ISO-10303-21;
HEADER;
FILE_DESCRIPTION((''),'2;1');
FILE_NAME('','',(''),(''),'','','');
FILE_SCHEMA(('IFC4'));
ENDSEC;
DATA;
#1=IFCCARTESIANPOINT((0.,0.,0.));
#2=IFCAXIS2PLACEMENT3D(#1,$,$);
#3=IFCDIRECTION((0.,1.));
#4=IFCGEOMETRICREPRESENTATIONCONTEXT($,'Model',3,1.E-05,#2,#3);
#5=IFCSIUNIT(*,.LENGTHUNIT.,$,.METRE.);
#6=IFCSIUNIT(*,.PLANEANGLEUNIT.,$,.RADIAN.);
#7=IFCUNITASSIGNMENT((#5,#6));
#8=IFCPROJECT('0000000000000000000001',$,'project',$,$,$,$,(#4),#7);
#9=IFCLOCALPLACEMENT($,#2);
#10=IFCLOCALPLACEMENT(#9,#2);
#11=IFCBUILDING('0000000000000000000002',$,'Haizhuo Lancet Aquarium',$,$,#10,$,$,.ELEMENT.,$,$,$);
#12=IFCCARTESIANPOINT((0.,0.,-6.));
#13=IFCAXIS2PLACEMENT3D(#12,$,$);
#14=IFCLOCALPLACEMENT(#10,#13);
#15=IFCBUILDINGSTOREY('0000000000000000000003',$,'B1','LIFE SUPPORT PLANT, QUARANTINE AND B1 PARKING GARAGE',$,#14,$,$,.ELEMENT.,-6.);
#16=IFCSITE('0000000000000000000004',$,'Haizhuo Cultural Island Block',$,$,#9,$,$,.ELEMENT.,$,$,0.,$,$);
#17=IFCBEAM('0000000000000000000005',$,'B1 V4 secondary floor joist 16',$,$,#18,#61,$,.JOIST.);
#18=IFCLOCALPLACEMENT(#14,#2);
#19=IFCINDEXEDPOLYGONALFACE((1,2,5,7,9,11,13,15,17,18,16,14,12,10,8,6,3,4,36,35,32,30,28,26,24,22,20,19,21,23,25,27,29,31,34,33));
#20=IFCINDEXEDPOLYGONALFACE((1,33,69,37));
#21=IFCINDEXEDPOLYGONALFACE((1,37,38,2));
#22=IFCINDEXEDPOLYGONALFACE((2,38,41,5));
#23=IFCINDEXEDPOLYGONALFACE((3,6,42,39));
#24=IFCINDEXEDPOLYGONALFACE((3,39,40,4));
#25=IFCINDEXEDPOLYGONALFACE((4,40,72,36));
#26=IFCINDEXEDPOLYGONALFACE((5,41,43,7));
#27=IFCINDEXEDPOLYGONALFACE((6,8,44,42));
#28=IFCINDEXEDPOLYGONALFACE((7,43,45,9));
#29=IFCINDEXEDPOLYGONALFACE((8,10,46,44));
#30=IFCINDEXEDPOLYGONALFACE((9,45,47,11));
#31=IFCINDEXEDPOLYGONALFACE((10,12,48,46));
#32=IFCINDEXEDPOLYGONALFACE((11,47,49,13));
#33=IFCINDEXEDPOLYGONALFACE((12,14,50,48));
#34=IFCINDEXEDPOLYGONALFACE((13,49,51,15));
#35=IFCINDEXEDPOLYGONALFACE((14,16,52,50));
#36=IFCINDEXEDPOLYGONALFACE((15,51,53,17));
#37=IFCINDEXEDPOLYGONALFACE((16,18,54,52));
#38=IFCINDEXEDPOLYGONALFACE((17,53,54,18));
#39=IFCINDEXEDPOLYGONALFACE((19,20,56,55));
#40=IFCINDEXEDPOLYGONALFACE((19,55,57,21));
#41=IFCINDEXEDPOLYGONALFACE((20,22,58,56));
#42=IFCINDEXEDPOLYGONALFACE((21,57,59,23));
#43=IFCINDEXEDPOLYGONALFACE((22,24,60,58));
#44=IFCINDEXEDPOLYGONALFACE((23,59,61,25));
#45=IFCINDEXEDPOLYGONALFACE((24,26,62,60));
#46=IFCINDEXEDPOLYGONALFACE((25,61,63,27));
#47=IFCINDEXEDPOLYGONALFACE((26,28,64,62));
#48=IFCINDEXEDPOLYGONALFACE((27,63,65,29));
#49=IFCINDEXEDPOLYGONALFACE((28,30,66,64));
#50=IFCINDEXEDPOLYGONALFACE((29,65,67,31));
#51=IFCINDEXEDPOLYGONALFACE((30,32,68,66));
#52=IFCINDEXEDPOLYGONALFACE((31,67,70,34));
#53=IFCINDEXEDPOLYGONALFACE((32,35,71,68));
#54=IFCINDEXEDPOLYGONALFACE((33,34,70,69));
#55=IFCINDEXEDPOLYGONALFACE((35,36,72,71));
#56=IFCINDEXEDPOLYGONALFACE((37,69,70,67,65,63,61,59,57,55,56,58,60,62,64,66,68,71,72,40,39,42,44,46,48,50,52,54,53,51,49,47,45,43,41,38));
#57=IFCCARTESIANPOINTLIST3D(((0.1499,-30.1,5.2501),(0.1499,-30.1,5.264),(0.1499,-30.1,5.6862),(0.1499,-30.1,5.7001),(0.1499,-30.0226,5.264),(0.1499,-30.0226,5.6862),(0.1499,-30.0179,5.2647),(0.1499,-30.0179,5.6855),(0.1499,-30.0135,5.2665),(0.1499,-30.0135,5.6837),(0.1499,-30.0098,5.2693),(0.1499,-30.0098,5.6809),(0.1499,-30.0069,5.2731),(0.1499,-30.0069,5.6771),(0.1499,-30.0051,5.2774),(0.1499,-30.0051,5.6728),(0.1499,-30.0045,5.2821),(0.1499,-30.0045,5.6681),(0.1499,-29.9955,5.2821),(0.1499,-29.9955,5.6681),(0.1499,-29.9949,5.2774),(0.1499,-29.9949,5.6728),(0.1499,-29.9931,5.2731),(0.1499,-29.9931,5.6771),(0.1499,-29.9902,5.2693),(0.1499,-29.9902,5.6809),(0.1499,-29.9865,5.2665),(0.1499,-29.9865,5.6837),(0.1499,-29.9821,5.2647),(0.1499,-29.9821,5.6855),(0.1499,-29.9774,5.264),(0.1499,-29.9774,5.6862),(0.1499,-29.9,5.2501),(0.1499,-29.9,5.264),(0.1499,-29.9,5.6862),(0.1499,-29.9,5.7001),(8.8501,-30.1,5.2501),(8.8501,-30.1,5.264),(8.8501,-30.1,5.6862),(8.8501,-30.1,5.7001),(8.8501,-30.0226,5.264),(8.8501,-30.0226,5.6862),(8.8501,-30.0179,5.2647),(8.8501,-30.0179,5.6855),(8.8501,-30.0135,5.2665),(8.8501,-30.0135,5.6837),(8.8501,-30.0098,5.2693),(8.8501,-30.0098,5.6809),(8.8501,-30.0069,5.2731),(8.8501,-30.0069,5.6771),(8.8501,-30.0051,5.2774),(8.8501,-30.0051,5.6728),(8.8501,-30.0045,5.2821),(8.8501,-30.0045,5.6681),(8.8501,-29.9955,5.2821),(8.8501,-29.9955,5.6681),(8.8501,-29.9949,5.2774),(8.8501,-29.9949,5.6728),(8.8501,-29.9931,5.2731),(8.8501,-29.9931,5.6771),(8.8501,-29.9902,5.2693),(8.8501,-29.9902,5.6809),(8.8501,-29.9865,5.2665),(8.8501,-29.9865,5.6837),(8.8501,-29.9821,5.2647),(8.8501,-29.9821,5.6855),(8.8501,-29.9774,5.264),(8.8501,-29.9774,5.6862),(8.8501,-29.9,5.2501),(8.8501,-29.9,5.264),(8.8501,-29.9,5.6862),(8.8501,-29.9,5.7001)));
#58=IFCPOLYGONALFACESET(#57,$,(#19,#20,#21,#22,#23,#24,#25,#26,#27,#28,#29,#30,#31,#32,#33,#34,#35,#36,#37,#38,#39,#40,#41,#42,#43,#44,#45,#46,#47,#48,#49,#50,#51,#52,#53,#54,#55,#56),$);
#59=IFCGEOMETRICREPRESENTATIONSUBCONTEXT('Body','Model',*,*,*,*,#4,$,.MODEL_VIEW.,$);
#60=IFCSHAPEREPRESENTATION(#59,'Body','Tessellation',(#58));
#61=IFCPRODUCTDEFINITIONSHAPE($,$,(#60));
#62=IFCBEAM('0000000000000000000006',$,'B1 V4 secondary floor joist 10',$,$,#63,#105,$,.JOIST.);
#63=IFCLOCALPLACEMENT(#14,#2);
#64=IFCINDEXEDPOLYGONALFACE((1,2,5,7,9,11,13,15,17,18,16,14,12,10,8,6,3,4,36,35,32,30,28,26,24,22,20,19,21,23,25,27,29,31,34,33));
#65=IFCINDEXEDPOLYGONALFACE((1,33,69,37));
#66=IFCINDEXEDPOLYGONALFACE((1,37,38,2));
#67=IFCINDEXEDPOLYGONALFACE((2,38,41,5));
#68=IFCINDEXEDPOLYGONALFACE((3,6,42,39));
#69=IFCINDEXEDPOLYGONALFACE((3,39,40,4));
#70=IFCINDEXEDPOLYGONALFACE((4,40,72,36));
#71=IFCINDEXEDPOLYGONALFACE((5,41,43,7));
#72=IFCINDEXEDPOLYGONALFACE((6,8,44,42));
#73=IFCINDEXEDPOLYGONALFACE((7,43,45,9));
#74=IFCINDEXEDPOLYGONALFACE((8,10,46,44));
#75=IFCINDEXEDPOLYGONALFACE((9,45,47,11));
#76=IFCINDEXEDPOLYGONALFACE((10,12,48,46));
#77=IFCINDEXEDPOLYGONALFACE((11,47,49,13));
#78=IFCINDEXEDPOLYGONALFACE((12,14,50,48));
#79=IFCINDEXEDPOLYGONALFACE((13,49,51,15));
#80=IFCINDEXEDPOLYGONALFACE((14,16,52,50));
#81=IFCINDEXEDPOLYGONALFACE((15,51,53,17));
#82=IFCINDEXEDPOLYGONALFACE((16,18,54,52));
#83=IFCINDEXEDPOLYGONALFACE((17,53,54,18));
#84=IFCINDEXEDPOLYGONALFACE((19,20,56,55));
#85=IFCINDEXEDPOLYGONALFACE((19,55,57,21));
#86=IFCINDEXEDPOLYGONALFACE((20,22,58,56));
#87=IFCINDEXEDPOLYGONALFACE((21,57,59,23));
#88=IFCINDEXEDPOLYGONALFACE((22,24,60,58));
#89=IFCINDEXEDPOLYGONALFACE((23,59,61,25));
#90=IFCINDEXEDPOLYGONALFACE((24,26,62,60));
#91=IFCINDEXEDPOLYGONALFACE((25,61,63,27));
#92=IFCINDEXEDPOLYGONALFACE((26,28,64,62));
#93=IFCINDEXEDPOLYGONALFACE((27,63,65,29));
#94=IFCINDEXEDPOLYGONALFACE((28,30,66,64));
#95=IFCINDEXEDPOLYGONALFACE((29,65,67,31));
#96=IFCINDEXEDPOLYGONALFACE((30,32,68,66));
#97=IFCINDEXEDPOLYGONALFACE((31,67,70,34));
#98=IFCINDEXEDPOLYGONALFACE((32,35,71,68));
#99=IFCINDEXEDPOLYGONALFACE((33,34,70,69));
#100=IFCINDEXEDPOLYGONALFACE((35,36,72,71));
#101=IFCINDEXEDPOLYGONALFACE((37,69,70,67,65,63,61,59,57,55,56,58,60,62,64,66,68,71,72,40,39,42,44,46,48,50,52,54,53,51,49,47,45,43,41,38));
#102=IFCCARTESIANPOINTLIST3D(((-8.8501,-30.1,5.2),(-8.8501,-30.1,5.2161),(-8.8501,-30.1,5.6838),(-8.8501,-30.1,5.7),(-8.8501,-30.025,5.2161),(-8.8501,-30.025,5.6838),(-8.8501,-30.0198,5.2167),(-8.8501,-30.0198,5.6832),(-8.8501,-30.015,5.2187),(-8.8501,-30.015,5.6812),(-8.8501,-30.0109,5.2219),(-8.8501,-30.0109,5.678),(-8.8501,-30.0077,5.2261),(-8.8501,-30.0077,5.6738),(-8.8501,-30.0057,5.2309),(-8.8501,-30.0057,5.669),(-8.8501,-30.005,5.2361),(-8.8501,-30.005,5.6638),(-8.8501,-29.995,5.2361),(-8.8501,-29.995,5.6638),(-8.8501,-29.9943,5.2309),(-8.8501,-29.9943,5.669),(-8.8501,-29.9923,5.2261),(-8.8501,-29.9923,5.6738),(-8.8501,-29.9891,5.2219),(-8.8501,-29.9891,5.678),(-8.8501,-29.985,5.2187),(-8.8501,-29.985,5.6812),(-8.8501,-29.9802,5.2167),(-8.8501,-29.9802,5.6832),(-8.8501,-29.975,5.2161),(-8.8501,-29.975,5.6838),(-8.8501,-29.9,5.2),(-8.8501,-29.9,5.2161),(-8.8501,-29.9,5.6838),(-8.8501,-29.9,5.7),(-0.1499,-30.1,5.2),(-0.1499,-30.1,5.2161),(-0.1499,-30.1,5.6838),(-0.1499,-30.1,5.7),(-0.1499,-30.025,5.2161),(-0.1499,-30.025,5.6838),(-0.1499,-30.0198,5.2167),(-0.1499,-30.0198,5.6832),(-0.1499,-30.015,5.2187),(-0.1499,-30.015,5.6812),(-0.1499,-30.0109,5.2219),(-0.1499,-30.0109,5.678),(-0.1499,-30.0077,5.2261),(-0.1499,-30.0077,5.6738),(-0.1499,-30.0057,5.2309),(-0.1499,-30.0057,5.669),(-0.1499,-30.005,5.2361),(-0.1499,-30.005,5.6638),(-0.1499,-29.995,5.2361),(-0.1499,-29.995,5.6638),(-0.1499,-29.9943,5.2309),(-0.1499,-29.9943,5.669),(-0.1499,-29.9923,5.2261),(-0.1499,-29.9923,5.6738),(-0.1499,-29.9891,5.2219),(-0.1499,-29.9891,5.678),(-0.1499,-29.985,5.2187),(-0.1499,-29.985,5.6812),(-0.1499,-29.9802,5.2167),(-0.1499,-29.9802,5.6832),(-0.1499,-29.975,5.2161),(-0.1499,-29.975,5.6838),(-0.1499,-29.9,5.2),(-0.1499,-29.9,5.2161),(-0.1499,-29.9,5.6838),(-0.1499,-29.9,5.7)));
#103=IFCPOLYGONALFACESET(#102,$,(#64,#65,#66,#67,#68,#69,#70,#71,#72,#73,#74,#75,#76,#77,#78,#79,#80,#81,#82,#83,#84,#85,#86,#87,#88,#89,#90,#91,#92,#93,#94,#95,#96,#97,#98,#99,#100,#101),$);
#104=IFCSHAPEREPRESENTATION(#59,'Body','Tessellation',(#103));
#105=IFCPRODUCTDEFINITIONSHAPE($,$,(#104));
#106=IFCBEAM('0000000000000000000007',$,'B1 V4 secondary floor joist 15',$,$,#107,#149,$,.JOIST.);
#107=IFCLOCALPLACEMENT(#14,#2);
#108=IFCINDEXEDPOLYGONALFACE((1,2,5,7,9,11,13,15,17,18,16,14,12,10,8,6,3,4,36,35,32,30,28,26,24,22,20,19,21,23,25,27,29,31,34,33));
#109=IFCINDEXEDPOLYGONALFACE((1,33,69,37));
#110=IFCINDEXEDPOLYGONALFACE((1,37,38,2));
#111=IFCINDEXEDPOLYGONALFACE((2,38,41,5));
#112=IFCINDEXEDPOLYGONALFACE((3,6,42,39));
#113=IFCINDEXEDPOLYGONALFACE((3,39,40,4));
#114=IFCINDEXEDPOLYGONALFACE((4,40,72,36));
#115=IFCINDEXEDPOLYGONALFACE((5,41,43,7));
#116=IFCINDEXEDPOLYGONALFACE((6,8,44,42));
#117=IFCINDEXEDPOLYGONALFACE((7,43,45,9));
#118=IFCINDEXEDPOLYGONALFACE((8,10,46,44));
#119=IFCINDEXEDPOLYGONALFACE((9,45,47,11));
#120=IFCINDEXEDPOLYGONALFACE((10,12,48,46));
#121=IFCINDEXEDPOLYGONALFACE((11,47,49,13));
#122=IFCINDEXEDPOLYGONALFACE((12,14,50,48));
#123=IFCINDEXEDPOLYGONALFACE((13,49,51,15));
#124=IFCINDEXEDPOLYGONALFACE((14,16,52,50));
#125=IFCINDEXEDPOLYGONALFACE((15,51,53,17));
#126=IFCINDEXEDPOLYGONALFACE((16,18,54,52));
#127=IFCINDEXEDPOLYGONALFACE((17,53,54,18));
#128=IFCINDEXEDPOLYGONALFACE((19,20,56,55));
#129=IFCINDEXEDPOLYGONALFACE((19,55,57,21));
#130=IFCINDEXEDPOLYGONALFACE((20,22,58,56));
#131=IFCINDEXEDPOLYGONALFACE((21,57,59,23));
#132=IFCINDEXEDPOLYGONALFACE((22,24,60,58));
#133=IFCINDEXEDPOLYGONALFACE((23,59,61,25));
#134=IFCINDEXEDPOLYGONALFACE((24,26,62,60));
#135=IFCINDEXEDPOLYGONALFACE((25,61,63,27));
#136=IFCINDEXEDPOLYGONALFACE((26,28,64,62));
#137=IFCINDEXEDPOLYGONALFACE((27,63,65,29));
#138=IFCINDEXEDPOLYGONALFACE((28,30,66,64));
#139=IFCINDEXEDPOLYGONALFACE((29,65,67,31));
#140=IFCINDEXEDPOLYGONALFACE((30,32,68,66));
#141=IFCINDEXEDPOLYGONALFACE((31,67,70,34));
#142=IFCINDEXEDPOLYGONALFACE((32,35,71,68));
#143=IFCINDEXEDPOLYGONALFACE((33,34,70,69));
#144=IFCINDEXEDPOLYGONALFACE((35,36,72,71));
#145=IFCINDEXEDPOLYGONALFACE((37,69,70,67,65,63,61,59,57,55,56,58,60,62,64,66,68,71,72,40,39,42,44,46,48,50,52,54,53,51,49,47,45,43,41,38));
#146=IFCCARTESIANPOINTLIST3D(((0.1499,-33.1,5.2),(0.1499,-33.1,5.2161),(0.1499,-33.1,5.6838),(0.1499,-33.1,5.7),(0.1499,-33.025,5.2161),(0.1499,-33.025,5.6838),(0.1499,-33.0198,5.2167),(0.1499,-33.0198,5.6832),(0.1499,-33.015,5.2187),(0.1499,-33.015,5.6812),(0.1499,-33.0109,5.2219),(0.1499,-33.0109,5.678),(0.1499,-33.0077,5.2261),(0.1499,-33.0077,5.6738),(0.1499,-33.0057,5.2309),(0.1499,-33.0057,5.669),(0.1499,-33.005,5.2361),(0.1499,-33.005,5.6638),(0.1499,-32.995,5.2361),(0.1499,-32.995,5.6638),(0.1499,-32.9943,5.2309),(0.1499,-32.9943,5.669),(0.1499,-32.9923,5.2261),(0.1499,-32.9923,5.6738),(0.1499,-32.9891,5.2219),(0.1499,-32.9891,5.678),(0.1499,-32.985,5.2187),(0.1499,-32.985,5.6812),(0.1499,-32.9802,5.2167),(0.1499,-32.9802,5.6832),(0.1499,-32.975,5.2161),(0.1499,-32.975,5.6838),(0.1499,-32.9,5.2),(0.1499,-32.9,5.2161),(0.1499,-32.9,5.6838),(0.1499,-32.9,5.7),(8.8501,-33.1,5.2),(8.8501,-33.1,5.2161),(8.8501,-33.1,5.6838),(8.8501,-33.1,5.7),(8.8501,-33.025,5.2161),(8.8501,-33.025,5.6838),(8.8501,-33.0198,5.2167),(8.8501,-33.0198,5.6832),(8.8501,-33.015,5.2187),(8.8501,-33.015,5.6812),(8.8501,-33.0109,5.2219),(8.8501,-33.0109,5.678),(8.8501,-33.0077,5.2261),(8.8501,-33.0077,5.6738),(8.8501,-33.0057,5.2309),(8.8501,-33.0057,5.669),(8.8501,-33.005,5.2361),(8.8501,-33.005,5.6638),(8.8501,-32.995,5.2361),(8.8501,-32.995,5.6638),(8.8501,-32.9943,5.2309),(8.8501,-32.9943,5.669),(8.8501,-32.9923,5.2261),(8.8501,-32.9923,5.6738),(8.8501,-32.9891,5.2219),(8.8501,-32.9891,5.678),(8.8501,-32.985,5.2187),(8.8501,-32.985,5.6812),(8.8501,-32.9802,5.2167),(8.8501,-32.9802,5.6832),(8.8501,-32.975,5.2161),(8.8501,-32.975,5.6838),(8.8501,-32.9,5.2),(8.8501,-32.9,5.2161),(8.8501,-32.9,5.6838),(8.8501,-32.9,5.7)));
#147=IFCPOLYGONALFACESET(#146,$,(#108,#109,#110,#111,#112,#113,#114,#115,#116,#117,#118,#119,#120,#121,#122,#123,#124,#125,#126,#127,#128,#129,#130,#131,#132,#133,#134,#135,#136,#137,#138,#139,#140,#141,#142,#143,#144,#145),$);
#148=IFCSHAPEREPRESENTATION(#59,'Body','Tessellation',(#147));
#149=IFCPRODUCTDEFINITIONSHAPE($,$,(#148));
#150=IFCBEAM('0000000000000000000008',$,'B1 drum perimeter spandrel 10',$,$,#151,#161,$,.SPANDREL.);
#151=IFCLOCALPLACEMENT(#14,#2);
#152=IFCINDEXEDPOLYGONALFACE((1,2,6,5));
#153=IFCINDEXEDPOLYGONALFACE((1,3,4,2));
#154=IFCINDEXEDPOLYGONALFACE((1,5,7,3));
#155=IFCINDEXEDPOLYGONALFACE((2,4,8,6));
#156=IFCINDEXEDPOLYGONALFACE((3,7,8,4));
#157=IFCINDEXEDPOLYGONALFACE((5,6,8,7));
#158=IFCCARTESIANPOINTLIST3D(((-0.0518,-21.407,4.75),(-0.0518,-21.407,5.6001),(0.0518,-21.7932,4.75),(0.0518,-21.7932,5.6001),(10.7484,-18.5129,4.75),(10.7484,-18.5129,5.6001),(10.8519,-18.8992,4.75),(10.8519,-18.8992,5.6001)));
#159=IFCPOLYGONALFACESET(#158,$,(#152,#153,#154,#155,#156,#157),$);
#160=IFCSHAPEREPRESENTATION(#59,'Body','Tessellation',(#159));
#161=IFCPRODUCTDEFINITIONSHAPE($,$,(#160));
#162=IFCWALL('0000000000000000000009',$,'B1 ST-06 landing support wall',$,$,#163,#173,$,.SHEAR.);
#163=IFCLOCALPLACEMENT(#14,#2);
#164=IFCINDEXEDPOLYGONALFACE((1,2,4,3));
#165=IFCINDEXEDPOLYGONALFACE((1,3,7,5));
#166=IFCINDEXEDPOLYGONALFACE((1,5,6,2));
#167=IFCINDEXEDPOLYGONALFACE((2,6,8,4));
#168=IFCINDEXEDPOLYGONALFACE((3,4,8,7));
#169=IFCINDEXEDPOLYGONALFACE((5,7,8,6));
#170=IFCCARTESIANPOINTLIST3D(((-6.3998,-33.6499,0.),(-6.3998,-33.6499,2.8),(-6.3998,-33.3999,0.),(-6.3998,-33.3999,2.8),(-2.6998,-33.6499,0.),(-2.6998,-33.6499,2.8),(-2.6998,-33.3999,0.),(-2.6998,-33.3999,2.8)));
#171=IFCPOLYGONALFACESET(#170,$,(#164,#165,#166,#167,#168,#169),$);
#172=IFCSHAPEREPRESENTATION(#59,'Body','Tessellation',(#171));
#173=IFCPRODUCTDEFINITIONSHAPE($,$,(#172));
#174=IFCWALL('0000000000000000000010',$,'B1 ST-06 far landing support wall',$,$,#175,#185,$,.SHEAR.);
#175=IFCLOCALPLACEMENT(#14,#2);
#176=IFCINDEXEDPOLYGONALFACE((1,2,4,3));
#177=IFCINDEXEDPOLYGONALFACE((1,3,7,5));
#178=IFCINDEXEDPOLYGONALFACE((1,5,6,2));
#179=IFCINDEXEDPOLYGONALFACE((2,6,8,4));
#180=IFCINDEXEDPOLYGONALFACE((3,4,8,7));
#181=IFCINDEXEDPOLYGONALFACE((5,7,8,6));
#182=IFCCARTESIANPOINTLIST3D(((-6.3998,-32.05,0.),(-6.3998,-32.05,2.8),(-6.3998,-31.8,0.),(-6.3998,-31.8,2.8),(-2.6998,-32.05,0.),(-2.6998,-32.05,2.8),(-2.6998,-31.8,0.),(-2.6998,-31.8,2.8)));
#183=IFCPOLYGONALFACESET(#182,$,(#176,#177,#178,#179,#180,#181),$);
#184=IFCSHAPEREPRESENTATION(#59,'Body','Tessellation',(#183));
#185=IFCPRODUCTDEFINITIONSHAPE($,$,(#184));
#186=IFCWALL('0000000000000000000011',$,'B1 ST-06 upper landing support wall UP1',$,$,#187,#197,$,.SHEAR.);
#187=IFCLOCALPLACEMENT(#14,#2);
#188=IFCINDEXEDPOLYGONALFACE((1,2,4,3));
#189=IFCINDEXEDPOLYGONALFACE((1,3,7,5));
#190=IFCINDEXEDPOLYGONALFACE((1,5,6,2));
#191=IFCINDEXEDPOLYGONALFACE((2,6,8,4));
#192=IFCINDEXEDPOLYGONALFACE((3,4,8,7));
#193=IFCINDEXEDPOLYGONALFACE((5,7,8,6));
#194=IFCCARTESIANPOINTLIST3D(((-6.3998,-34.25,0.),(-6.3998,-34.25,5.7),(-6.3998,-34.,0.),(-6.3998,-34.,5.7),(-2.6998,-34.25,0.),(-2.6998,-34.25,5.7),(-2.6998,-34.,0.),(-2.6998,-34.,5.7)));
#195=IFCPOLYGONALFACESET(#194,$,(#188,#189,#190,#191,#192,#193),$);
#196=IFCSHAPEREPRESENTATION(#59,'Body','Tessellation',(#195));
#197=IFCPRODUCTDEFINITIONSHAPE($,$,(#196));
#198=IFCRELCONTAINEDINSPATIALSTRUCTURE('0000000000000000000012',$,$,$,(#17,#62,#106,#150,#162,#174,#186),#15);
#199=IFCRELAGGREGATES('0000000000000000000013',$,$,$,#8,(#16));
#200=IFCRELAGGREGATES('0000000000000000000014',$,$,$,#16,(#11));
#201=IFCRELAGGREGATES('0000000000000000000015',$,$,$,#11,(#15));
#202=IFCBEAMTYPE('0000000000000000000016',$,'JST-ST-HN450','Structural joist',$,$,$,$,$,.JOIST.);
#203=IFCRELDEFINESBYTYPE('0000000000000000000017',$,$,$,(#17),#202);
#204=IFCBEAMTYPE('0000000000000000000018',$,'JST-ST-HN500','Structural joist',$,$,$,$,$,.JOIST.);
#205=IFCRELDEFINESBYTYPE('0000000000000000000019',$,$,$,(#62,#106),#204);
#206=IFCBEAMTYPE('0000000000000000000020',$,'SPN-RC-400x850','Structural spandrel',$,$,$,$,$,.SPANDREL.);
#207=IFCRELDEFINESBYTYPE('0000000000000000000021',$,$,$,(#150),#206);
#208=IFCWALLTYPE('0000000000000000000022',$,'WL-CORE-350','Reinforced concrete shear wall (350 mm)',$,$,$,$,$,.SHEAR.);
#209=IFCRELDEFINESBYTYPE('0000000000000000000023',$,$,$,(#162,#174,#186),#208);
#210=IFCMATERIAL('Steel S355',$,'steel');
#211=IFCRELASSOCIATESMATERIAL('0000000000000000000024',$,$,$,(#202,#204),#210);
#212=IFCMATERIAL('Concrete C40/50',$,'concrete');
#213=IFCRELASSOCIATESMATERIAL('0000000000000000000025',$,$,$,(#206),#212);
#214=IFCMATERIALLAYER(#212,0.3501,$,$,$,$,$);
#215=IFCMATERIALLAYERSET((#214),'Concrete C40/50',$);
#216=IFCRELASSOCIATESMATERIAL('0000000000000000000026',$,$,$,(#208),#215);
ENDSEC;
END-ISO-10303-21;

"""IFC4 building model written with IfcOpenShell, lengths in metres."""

from ifc_helpers import new_model, si_unit, direction, frame, frame_2d, origin, origin_2d, place, context, subcontext, project, spatial, rectangle, i_section, extrude, material, layer, layer_set, material_profile, profile_set, type_object, element, save


model = new_model("IFC4")

# Units and contexts
model_context = context("Model", 3, precision=1e-05, world=origin(), true_north=direction((0.0, 1.0)))
body_context = subcontext(model_context, "Body", "Model", "MODEL_VIEW")
ifc_project = project(units=[si_unit("LENGTHUNIT", "METRE"), si_unit("PLANEANGLEUNIT", "RADIAN")], contexts=[model_context])

# Site, building, storey
site_placement = place(None, origin())
site = spatial("IfcSite", under=ifc_project, at=site_placement, Name="Haizhuo Cultural Island Block", CompositionType="ELEMENT", RefElevation=0.0)
building_placement = place(site_placement, origin())
building = spatial("IfcBuilding", under=site, at=building_placement, Name="Haizhuo Lancet Aquarium", CompositionType="ELEMENT")
storey_placement = place(building_placement, frame((0.0, 0.0, -6.0)))
storey = spatial("IfcBuildingStorey", under=building, at=storey_placement, Name="B1", Description="LIFE SUPPORT PLANT, QUARANTINE AND B1 PARKING GARAGE", CompositionType="ELEMENT", Elevation=-6.0)

# Shared definitions
ifc_material_1 = material(Name="Concrete C40/50", Category="concrete")

# Shared definitions
ifc_material_2 = material(Name="Steel S355", Category="steel")

# Beams
ifc_material_profile_1 = material_profile(ifc_material_2, i_section(OverallWidth=0.2, OverallDepth=0.45, WebThickness=0.009, FlangeThickness=0.0139, FilletRadius=0.0181, at=origin_2d()), Name="HN 450x200x9x14")
ifc_profile_set_1 = profile_set([ifc_material_profile_1], Name="Steel S355")
beam_type_1 = type_object("IfcBeamType", Name="JST-ST-HN450", Description="Structural joist", PredefinedType="JOIST", material=ifc_profile_set_1)
beam_1_placement = place(storey_placement, frame((0.1499, -30.0, 5.4751), z_axis=(1.0, 0.0, 0.0), x_axis=(0.0, 1.0, 0.0)))
element("IfcBeam", 1, at=beam_1_placement, inside=storey, type_object=beam_type_1, Name="B1 V4 secondary floor joist 16", PredefinedType="JOIST", context=body_context, shape_type="SweptSolid", body=[
    extrude(i_section(OverallWidth=0.2, OverallDepth=0.45, WebThickness=0.009, FlangeThickness=0.0139, FilletRadius=0.0181, at=origin_2d()), origin(), (0.0, 0.0, 1.0), 8.7002),
])
ifc_material_profile_2 = material_profile(ifc_material_2, i_section(OverallWidth=0.2, OverallDepth=0.5, WebThickness=0.01, FlangeThickness=0.0161, FilletRadius=0.02, at=origin_2d()), Name="HN 500x200x10x16")
ifc_profile_set_2 = profile_set([ifc_material_profile_2], Name="Steel S355")
beam_type_2 = type_object("IfcBeamType", Name="JST-ST-HN500", Description="Structural joist", PredefinedType="JOIST", material=ifc_profile_set_2)
for number, where, z_axis, x_axis, name in (
    (2, (-8.8501, -30.0, 5.45), (1.0, 0.0, 0.0), (0.0, 1.0, 0.0), "B1 V4 secondary floor joist 10"),
    (3, (0.1499, -33.0, 5.45), (1.0, 0.0, 0.0), (0.0, 1.0, 0.0), "B1 V4 secondary floor joist 15"),
):
    element("IfcBeam", number, at=place(storey_placement, frame(where, z_axis=z_axis, x_axis=x_axis)), inside=storey, type_object=beam_type_2, Name=name, PredefinedType="JOIST", context=body_context, shape_type="SweptSolid", body=[
        extrude(i_section(OverallWidth=0.2, OverallDepth=0.5, WebThickness=0.01, FlangeThickness=0.0161, FilletRadius=0.02, at=origin_2d()), origin(), (0.0, 0.0, 1.0), 8.7002),
    ])
ifc_material_profile_3 = material_profile(ifc_material_1, rectangle(XDim=0.3999, YDim=0.8501, at=origin_2d()), Name="RC-SP 400x850")
ifc_profile_set_3 = profile_set([ifc_material_profile_3], Name="Concrete C40/50")
beam_type_3 = type_object("IfcBeamType", Name="SPN-RC-400x850", Description="Structural spandrel", PredefinedType="SPANDREL", material=ifc_profile_set_3)
beam_2_placement = place(storey_placement, frame((0.0, -21.6001, 5.175), z_axis=(0.965922, 0.258834, 0.0), x_axis=(-0.258834, 0.965922, 0.0)))
element("IfcBeam", 4, at=beam_2_placement, inside=storey, type_object=beam_type_3, Name="B1 drum perimeter spandrel 10", PredefinedType="SPANDREL", context=body_context, shape_type="SweptSolid", body=[
    extrude(rectangle(XDim=0.3999, YDim=0.8501, at=origin_2d()), origin(), (0.0, 0.0, 1.0), 11.1812),
])

# Walls
ifc_layer = layer(ifc_material_1, 0.3501)
ifc_layer_set = layer_set([ifc_layer], Name="Concrete C40/50")
wall_type = type_object("IfcWallType", Name="WL-CORE-350", Description="Reinforced concrete shear wall (350 mm)", PredefinedType="SHEAR", material=ifc_layer_set)
for number, where, z_axis, x_axis, name in (
    (5, (-6.3999, -33.5249, 0.0), (0.0, 0.0, 1.0), (1.0, 0.0, 0.0), "B1 ST-06 landing support wall"),
    (6, (-6.3999, -31.925, 0.0), (0.0, 0.0, 1.0), (1.0, 0.0, 0.0), "B1 ST-06 far landing support wall"),
):
    element("IfcWall", number, at=place(storey_placement, frame(where, z_axis=z_axis, x_axis=x_axis)), inside=storey, type_object=wall_type, Name=name, PredefinedType="SHEAR", context=body_context, shape_type="SweptSolid", body=[
        extrude(rectangle(XDim=3.7, YDim=0.25, at=frame_2d((1.8501, 0.0))), origin(), (0.0, 0.0, 1.0), 2.8),
    ])
for number, where, z_axis, x_axis, name in (
    (7, (-6.3999, -34.125, 0.0), (0.0, 0.0, 1.0), (1.0, 0.0, 0.0), "B1 ST-06 upper landing support wall UP1"),
):
    element("IfcWall", number, at=place(storey_placement, frame(where, z_axis=z_axis, x_axis=x_axis)), inside=storey, type_object=wall_type, Name=name, PredefinedType="SHEAR", context=body_context, shape_type="SweptSolid", body=[
        extrude(rectangle(XDim=3.7, YDim=0.25, at=frame_2d((1.8501, 0.0))), origin(), (0.0, 0.0, 1.0), 5.7),
    ])

save(model, "model.ifc")
